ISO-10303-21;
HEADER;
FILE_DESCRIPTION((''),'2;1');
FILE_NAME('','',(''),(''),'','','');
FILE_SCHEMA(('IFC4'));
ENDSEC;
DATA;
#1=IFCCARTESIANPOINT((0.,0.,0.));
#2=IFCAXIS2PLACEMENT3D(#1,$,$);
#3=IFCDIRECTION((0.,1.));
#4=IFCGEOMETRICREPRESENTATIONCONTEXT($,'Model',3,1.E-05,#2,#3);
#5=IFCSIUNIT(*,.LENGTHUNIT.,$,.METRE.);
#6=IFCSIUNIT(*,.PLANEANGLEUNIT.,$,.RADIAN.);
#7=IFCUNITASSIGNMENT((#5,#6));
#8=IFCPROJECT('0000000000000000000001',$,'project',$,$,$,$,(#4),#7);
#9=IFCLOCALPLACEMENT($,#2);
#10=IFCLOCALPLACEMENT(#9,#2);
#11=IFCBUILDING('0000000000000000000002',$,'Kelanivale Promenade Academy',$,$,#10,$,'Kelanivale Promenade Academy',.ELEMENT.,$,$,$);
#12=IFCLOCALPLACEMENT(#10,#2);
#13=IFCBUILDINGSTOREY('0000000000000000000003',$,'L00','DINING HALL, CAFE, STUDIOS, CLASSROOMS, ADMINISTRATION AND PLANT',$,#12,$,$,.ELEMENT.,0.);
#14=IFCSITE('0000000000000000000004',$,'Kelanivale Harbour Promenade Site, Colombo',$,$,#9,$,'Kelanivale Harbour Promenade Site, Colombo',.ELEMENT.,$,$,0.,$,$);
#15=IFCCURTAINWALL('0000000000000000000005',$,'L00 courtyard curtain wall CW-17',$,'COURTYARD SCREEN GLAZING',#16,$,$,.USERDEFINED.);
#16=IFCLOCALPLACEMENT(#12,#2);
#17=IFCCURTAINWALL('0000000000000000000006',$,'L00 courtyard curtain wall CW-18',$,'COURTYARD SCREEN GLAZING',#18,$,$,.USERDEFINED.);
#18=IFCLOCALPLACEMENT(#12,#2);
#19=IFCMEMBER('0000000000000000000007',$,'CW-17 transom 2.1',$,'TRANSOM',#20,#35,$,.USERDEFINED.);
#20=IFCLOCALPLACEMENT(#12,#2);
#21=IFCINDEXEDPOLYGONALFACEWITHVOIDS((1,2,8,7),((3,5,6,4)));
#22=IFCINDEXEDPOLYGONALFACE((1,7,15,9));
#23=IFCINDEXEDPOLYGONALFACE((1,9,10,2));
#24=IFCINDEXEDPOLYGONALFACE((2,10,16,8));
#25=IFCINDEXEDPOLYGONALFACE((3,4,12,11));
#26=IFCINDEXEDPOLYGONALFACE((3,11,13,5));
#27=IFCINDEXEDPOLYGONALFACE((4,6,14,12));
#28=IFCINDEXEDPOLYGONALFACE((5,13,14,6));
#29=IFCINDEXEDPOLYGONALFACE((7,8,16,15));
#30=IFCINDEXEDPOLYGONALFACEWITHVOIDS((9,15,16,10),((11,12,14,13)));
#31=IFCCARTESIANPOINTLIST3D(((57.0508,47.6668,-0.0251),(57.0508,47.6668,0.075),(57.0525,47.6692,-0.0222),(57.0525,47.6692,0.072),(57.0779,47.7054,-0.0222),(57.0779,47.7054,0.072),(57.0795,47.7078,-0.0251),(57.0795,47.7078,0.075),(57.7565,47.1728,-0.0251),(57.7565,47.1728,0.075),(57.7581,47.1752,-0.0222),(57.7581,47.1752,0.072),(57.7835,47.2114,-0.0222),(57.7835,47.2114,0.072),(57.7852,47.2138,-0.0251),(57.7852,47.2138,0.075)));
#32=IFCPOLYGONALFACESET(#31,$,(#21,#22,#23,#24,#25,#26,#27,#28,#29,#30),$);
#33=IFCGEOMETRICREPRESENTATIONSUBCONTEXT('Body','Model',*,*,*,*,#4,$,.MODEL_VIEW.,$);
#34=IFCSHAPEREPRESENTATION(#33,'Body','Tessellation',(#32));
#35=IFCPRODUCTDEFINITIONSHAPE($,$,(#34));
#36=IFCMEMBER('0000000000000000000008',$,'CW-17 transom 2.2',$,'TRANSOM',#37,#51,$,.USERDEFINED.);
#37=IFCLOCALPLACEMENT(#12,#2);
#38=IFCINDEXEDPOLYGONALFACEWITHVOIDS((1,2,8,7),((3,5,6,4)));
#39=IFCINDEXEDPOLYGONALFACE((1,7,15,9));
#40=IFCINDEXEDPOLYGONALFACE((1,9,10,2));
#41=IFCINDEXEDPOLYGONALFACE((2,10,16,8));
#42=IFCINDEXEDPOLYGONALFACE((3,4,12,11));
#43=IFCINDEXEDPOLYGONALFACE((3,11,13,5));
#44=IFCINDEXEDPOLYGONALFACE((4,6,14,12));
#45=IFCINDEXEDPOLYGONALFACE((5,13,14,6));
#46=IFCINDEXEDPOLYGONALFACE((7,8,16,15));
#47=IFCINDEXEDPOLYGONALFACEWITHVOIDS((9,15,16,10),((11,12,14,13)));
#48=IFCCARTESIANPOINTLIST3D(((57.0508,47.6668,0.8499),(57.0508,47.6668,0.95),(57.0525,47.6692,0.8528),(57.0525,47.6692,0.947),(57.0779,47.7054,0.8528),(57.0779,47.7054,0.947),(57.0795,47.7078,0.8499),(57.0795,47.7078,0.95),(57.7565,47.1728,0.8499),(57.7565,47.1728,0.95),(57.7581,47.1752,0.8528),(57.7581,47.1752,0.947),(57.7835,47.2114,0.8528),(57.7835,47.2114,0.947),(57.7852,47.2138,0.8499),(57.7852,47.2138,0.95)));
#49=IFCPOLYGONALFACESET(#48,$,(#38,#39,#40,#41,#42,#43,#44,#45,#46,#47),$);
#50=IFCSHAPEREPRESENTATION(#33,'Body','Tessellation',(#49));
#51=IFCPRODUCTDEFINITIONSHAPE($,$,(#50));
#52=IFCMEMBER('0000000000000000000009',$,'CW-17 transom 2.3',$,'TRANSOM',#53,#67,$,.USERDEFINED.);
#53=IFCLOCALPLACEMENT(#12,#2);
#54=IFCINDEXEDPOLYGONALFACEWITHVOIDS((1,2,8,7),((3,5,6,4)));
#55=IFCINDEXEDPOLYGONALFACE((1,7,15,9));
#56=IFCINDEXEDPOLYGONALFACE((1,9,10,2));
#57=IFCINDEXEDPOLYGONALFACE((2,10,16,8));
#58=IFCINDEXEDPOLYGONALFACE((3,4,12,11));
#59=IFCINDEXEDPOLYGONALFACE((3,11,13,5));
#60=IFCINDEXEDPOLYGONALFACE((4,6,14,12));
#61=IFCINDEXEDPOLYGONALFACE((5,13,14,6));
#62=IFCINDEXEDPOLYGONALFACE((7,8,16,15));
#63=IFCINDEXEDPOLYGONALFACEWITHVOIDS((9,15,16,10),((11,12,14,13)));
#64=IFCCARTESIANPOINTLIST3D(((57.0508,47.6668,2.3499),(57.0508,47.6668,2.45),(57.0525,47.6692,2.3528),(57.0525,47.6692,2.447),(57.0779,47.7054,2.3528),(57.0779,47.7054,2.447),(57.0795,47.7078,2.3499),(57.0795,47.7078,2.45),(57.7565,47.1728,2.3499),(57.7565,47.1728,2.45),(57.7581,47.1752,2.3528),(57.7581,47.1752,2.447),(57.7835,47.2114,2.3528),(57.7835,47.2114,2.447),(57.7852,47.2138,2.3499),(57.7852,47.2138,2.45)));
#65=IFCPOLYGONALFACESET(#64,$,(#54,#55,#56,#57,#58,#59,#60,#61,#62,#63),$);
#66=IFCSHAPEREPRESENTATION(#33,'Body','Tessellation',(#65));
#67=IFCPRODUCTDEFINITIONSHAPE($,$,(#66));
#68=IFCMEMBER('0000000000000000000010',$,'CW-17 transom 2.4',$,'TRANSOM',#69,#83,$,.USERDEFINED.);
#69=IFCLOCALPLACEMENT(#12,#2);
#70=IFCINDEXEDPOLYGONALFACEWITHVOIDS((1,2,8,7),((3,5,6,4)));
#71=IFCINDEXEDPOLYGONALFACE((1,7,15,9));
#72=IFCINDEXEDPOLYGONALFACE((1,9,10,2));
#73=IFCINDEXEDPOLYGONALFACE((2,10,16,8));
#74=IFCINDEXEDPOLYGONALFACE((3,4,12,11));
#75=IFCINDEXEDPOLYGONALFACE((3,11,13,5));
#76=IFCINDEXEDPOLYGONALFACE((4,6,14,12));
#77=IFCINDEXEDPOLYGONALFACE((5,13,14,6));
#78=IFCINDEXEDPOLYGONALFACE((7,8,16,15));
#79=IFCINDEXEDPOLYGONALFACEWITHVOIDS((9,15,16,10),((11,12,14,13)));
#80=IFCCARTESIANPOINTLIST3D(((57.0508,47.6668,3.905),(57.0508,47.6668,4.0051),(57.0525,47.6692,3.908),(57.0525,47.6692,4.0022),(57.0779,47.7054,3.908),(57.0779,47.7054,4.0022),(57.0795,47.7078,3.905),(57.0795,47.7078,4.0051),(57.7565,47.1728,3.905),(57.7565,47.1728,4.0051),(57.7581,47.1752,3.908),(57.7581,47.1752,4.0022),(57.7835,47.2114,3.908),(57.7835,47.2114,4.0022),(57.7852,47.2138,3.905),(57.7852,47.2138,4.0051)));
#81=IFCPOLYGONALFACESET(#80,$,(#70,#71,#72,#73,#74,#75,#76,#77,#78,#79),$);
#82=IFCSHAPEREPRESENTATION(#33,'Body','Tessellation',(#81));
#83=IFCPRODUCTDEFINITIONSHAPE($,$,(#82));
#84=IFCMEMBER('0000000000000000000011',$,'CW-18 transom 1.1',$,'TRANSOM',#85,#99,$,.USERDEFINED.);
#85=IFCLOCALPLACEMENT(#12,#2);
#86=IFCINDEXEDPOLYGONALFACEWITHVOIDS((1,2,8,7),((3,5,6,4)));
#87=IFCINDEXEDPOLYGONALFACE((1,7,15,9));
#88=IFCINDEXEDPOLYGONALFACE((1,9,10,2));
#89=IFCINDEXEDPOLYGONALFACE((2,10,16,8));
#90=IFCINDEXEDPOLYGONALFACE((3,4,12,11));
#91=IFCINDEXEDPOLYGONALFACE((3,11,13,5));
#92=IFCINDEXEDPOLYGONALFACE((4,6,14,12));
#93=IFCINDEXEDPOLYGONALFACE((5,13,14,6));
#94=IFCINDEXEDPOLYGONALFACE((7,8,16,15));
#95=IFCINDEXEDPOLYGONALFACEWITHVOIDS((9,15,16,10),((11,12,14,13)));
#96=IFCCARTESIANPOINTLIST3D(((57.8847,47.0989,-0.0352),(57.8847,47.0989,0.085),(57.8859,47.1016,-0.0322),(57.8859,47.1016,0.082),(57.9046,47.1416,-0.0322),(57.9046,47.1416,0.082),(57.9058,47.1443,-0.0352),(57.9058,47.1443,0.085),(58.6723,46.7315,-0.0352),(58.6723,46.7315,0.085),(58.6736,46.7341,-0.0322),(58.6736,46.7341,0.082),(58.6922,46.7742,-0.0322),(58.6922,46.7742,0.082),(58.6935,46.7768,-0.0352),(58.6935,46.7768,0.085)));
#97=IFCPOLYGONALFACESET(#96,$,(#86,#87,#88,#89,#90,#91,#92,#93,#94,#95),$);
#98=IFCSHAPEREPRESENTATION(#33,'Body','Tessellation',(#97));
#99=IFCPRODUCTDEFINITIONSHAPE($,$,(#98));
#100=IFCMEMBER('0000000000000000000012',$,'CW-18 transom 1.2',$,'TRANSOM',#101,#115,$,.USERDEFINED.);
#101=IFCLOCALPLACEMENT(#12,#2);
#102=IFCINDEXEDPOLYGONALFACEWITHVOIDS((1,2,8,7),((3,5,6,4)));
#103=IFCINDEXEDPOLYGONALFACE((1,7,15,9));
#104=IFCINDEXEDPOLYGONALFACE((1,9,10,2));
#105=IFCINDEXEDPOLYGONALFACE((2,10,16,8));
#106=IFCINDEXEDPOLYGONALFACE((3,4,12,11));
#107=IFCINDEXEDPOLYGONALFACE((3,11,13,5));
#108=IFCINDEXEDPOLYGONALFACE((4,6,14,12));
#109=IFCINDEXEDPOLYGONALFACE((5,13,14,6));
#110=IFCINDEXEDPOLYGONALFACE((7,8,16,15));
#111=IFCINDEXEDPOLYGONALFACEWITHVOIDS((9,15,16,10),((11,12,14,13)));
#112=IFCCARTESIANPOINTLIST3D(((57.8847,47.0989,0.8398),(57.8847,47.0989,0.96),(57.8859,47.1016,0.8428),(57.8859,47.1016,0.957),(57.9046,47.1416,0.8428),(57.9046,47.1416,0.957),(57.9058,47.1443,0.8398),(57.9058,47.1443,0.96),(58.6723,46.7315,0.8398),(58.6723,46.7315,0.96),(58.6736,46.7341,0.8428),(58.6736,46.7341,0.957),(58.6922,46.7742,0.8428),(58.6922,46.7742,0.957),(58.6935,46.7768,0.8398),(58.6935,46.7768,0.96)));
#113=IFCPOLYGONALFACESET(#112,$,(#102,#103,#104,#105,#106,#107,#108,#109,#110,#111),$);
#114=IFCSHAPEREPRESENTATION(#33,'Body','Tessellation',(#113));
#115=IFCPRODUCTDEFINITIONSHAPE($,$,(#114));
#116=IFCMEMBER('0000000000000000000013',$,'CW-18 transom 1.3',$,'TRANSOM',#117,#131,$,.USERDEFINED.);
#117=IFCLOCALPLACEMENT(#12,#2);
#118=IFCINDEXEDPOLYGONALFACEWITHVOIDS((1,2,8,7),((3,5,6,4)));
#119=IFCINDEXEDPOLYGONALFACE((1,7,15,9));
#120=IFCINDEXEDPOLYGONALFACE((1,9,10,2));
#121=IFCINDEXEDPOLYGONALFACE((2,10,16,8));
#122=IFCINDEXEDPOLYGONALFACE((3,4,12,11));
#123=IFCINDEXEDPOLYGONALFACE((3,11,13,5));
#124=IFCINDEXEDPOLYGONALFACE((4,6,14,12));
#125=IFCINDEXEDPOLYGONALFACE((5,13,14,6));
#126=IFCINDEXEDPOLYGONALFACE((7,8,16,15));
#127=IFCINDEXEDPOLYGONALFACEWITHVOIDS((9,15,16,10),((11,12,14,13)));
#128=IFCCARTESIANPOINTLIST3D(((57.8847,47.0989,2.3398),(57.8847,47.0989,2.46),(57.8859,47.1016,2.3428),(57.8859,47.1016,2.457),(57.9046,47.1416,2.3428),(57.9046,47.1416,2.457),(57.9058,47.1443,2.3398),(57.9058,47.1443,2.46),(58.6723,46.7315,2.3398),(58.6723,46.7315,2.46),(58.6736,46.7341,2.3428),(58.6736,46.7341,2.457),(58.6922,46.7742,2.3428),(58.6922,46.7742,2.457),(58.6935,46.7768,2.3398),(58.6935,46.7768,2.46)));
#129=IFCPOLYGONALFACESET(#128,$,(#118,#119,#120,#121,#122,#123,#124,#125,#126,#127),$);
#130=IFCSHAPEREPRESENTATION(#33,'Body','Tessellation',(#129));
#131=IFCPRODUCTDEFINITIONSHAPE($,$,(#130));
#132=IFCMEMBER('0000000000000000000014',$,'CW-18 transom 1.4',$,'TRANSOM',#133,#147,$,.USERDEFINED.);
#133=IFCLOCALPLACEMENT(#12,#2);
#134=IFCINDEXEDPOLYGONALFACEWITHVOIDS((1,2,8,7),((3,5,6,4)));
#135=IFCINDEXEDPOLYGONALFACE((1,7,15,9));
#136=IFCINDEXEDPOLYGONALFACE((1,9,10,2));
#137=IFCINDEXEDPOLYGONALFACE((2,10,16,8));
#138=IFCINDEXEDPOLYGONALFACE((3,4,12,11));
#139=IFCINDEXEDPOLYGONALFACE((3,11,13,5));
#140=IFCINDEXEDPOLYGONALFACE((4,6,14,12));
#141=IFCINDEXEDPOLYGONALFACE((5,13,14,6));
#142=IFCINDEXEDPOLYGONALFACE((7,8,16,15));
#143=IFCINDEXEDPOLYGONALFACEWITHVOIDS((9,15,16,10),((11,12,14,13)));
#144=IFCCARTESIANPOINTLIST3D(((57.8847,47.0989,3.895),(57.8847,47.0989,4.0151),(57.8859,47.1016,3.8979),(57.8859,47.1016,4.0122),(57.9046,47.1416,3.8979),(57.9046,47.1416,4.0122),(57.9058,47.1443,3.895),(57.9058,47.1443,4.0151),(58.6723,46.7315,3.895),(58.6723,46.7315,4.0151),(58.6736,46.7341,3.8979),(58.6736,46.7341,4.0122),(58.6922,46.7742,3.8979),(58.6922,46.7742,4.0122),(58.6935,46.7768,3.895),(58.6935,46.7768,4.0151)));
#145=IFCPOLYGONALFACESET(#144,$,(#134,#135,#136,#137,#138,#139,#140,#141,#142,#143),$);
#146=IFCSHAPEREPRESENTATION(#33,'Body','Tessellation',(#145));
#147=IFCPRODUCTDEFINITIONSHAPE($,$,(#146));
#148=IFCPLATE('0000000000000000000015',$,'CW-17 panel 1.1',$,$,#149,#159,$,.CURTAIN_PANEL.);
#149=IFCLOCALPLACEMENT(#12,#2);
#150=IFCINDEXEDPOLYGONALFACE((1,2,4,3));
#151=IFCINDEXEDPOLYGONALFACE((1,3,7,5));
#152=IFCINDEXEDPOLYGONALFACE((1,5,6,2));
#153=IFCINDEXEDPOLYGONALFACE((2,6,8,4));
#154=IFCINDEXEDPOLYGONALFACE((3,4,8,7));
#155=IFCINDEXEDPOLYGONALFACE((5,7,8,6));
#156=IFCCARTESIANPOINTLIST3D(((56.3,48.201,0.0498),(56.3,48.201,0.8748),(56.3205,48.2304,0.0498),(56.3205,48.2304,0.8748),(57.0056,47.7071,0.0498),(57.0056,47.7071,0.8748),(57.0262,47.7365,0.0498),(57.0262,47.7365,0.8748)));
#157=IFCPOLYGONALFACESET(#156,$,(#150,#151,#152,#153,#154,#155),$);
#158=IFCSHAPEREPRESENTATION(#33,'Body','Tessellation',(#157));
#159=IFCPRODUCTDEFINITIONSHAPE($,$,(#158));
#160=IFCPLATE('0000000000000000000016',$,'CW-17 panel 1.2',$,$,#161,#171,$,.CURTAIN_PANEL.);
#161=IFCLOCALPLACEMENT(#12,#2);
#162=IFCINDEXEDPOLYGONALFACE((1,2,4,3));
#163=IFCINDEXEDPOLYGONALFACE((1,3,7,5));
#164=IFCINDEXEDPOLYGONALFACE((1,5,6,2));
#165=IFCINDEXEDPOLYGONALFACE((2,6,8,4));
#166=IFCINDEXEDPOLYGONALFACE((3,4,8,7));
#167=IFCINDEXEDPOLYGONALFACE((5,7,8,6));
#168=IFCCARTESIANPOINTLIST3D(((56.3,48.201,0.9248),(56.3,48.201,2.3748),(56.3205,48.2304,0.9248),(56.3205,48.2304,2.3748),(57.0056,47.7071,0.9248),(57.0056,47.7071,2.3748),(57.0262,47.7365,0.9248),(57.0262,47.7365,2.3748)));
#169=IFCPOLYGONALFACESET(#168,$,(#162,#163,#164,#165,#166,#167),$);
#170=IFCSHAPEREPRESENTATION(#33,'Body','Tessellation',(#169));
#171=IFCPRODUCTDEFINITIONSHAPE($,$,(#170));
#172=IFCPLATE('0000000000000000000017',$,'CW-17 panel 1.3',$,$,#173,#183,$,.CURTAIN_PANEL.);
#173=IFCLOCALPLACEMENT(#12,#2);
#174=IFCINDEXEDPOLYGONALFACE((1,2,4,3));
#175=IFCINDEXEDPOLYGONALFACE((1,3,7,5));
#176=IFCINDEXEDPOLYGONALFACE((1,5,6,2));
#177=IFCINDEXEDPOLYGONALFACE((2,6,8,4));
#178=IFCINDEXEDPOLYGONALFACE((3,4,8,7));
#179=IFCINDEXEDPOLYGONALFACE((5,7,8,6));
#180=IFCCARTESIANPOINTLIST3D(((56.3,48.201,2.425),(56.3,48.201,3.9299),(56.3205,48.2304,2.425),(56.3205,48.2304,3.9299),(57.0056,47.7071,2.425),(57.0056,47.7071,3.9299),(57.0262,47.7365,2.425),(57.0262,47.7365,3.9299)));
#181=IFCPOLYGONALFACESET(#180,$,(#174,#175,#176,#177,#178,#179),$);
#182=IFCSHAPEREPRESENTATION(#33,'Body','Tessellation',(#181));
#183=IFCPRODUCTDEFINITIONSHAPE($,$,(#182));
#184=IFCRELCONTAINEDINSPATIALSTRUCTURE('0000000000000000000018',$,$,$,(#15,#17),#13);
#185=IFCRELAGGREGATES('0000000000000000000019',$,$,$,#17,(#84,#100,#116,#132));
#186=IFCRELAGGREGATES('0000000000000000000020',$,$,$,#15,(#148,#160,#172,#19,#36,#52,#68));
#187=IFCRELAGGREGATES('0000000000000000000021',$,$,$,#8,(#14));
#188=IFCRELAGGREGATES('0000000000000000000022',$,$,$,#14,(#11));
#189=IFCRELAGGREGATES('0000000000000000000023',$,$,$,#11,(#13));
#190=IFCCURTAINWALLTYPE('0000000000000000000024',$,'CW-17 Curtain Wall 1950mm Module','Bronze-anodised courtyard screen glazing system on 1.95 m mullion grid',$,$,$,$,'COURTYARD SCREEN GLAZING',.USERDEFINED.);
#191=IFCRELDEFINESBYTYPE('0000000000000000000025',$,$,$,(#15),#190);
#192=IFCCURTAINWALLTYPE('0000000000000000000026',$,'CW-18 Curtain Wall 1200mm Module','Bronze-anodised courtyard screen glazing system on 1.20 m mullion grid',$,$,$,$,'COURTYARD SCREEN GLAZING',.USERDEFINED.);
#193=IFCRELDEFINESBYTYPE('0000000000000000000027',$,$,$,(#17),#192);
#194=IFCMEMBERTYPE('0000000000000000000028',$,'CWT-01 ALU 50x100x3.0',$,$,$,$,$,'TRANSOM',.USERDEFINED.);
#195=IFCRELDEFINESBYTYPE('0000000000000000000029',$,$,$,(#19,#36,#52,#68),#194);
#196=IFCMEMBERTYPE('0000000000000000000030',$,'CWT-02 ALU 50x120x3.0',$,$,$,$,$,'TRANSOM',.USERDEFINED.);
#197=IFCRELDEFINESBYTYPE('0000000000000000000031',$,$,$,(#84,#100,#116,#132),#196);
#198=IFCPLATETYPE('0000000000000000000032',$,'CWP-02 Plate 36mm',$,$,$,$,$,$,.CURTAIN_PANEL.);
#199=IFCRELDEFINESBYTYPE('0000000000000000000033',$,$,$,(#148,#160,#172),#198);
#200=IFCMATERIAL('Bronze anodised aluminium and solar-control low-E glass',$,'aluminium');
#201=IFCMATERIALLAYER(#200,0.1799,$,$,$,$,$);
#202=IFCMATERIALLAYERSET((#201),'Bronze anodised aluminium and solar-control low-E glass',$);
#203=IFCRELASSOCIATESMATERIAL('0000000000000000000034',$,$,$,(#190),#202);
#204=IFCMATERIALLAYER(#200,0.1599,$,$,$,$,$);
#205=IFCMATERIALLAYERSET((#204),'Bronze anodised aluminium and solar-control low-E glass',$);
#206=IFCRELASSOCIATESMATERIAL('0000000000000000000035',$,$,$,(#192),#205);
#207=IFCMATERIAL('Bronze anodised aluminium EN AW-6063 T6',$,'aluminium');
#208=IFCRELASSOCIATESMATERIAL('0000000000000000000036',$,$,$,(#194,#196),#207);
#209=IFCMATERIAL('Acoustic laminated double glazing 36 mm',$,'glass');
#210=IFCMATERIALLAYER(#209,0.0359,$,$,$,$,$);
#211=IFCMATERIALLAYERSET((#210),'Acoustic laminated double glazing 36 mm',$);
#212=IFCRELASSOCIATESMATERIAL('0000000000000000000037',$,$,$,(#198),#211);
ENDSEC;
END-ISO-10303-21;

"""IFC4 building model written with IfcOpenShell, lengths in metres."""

from ifc_helpers import new_model, si_unit, direction, frame, origin, origin_2d, place, context, subcontext, project, spatial, rectangle, hollow_rectangle, extrude, material, layer, layer_set, material_profile, profile_set, type_object, element, aggregate, save


model = new_model("IFC4")

# Units and contexts
model_context = context("Model", 3, precision=1e-05, world=origin(), true_north=direction((0.0, 1.0)))
body_context = subcontext(model_context, "Body", "Model", "MODEL_VIEW")
ifc_project = project(units=[si_unit("LENGTHUNIT", "METRE"), si_unit("PLANEANGLEUNIT", "RADIAN")], contexts=[model_context])

# Site, building, storey
site_placement = place(None, origin())
site = spatial("IfcSite", under=ifc_project, at=site_placement, Name="Kelanivale Harbour Promenade Site, Colombo", LongName="Kelanivale Harbour Promenade Site, Colombo", CompositionType="ELEMENT", RefElevation=0.0)
building_placement = place(site_placement, origin())
building = spatial("IfcBuilding", under=site, at=building_placement, Name="Kelanivale Promenade Academy", LongName="Kelanivale Promenade Academy", CompositionType="ELEMENT")
storey_placement = place(building_placement, origin())
storey = spatial("IfcBuildingStorey", under=building, at=storey_placement, Name="L00", Description="DINING HALL, CAFE, STUDIOS, CLASSROOMS, ADMINISTRATION AND PLANT", CompositionType="ELEMENT", Elevation=0.0)

# Curtain wall
ifc_material_1 = material(Name="Bronze anodised aluminium and solar-control low-E glass", Category="aluminium")
ifc_layer_1 = layer(ifc_material_1, 0.1799)
ifc_layer_set_1 = layer_set([ifc_layer_1], Name="Bronze anodised aluminium and solar-control low-E glass")
curtain_wall_type_1 = type_object("IfcCurtainWallType", Name="CW-17 Curtain Wall 1950mm Module", Description="Bronze-anodised courtyard screen glazing system on 1.95 m mullion grid", ElementType="COURTYARD SCREEN GLAZING", PredefinedType="USERDEFINED", material=ifc_layer_set_1)
curtain_wall_1_placement = place(storey_placement, origin())
curtain_wall_1 = element("IfcCurtainWall", 1, at=curtain_wall_1_placement, inside=storey, type_object=curtain_wall_type_1, Name="L00 courtyard curtain wall CW-17", ObjectType="COURTYARD SCREEN GLAZING", PredefinedType="USERDEFINED")
ifc_material_2 = material(Name="Bronze anodised aluminium EN AW-6063 T6", Category="aluminium")

# Curtain wall
ifc_layer_2 = layer(ifc_material_1, 0.1599)
ifc_layer_set_2 = layer_set([ifc_layer_2], Name="Bronze anodised aluminium and solar-control low-E glass")
curtain_wall_type_2 = type_object("IfcCurtainWallType", Name="CW-18 Curtain Wall 1200mm Module", Description="Bronze-anodised courtyard screen glazing system on 1.20 m mullion grid", ElementType="COURTYARD SCREEN GLAZING", PredefinedType="USERDEFINED", material=ifc_layer_set_2)
curtain_wall_2_placement = place(storey_placement, origin())
curtain_wall_2 = element("IfcCurtainWall", 2, at=curtain_wall_2_placement, inside=storey, type_object=curtain_wall_type_2, Name="L00 courtyard curtain wall CW-18", ObjectType="COURTYARD SCREEN GLAZING", PredefinedType="USERDEFINED")

# Members
ifc_material_profile_1 = material_profile(ifc_material_2, hollow_rectangle(XDim=0.05, YDim=0.1001, WallThickness=0.0029, at=origin_2d()), Name="ALU 50x100x3.0")
ifc_profile_set_1 = profile_set([ifc_material_profile_1], Name="Bronze anodised aluminium EN AW-6063 T6")
member_type_1 = type_object("IfcMemberType", Name="CWT-01 ALU 50x100x3.0", ElementType="TRANSOM", PredefinedType="USERDEFINED", material=ifc_profile_set_1)
member_1_placement = place(storey_placement, frame((57.0652, 47.6873, 0.0249), z_axis=(0.819232, -0.573462, 0.0), x_axis=(0.573462, 0.819232, 0.0)))
member_1 = element("IfcMember", 3, at=member_1_placement, type_object=member_type_1, Name="CW-17 transom 2.1", ObjectType="TRANSOM", PredefinedType="USERDEFINED", context=body_context, shape_type="SweptSolid", body=[
    extrude(hollow_rectangle(XDim=0.05, YDim=0.1001, WallThickness=0.0029, at=origin_2d()), origin(), (0.0, 0.0, 1.0), 0.8613),
])
member_2_placement = place(storey_placement, frame((57.0652, 47.6873, 0.8999), z_axis=(0.819232, -0.573462, 0.0), x_axis=(0.573462, 0.819232, 0.0)))
member_2 = element("IfcMember", 4, at=member_2_placement, type_object=member_type_1, Name="CW-17 transom 2.2", ObjectType="TRANSOM", PredefinedType="USERDEFINED", context=body_context, shape_type="SweptSolid", body=[
    extrude(hollow_rectangle(XDim=0.05, YDim=0.1001, WallThickness=0.0029, at=origin_2d()), origin(), (0.0, 0.0, 1.0), 0.8613),
])
member_3_placement = place(storey_placement, frame((57.0652, 47.6873, 2.3999), z_axis=(0.819232, -0.573462, 0.0), x_axis=(0.573462, 0.819232, 0.0)))
member_3 = element("IfcMember", 5, at=member_3_placement, type_object=member_type_1, Name="CW-17 transom 2.3", ObjectType="TRANSOM", PredefinedType="USERDEFINED", context=body_context, shape_type="SweptSolid", body=[
    extrude(hollow_rectangle(XDim=0.05, YDim=0.1001, WallThickness=0.0029, at=origin_2d()), origin(), (0.0, 0.0, 1.0), 0.8613),
])
member_4_placement = place(storey_placement, frame((57.0652, 47.6873, 3.9551), z_axis=(0.819232, -0.573462, 0.0), x_axis=(0.573462, 0.819232, 0.0)))
member_4 = element("IfcMember", 6, at=member_4_placement, type_object=member_type_1, Name="CW-17 transom 2.4", ObjectType="TRANSOM", PredefinedType="USERDEFINED", context=body_context, shape_type="SweptSolid", body=[
    extrude(hollow_rectangle(XDim=0.05, YDim=0.1001, WallThickness=0.0029, at=origin_2d()), origin(), (0.0, 0.0, 1.0), 0.8613),
])
ifc_material_profile_2 = material_profile(ifc_material_2, hollow_rectangle(XDim=0.05, YDim=0.1201, WallThickness=0.0029, at=origin_2d()), Name="ALU 50x120x3.0")
ifc_profile_set_2 = profile_set([ifc_material_profile_2], Name="Bronze anodised aluminium EN AW-6063 T6")
member_type_2 = type_object("IfcMemberType", Name="CWT-02 ALU 50x120x3.0", ElementType="TRANSOM", PredefinedType="USERDEFINED", material=ifc_profile_set_2)
member_5_placement = place(storey_placement, frame((57.8953, 47.1216, 0.0249), z_axis=(0.906233, -0.422778, 0.0), x_axis=(0.422778, 0.906233, 0.0)))
member_5 = element("IfcMember", 7, at=member_5_placement, type_object=member_type_2, Name="CW-18 transom 1.1", ObjectType="TRANSOM", PredefinedType="USERDEFINED", context=body_context, shape_type="SweptSolid", body=[
    extrude(hollow_rectangle(XDim=0.05, YDim=0.1201, WallThickness=0.0029, at=origin_2d()), origin(), (0.0, 0.0, 1.0), 0.8691),
])
member_6_placement = place(storey_placement, frame((57.8953, 47.1216, 0.8999), z_axis=(0.906233, -0.422778, 0.0), x_axis=(0.422778, 0.906233, 0.0)))
member_6 = element("IfcMember", 8, at=member_6_placement, type_object=member_type_2, Name="CW-18 transom 1.2", ObjectType="TRANSOM", PredefinedType="USERDEFINED", context=body_context, shape_type="SweptSolid", body=[
    extrude(hollow_rectangle(XDim=0.05, YDim=0.1201, WallThickness=0.0029, at=origin_2d()), origin(), (0.0, 0.0, 1.0), 0.8691),
])
member_7_placement = place(storey_placement, frame((57.8953, 47.1216, 2.3999), z_axis=(0.906233, -0.422778, 0.0), x_axis=(0.422778, 0.906233, 0.0)))
member_7 = element("IfcMember", 9, at=member_7_placement, type_object=member_type_2, Name="CW-18 transom 1.3", ObjectType="TRANSOM", PredefinedType="USERDEFINED", context=body_context, shape_type="SweptSolid", body=[
    extrude(hollow_rectangle(XDim=0.05, YDim=0.1201, WallThickness=0.0029, at=origin_2d()), origin(), (0.0, 0.0, 1.0), 0.8691),
])
member_8_placement = place(storey_placement, frame((57.8953, 47.1216, 3.9551), z_axis=(0.906233, -0.422778, 0.0), x_axis=(0.422778, 0.906233, 0.0)))
member_8 = element("IfcMember", 10, at=member_8_placement, type_object=member_type_2, Name="CW-18 transom 1.4", ObjectType="TRANSOM", PredefinedType="USERDEFINED", context=body_context, shape_type="SweptSolid", body=[
    extrude(hollow_rectangle(XDim=0.05, YDim=0.1201, WallThickness=0.0029, at=origin_2d()), origin(), (0.0, 0.0, 1.0), 0.8691),
])
aggregate(curtain_wall_2, [member_5, member_6, member_7, member_8])

# Plates
ifc_material_3 = material(Name="Acoustic laminated double glazing 36 mm", Category="glass")
ifc_layer_3 = layer(ifc_material_3, 0.0359)
ifc_layer_set_3 = layer_set([ifc_layer_3], Name="Acoustic laminated double glazing 36 mm")
plate_type = type_object("IfcPlateType", Name="CWP-02 Plate 36mm", PredefinedType="CURTAIN_PANEL", material=ifc_layer_set_3)
plate_1_placement = place(storey_placement, frame((56.6631, 47.9688, 0.0498), z_axis=(0.0, 0.0, 1.0), x_axis=(0.819306, -0.573357, 0.0)))
plate_1 = element("IfcPlate", 11, at=plate_1_placement, type_object=plate_type, Name="CW-17 panel 1.1", PredefinedType="CURTAIN_PANEL", context=body_context, shape_type="SweptSolid", body=[
    extrude(rectangle(XDim=0.8613, YDim=0.0359, at=origin_2d()), origin(), (0.0, 0.0, 1.0), 0.825),
])
plate_2_placement = place(storey_placement, frame((56.6631, 47.9688, 0.9248), z_axis=(0.0, 0.0, 1.0), x_axis=(0.819306, -0.573357, 0.0)))
plate_2 = element("IfcPlate", 12, at=plate_2_placement, type_object=plate_type, Name="CW-17 panel 1.2", PredefinedType="CURTAIN_PANEL", context=body_context, shape_type="SweptSolid", body=[
    extrude(rectangle(XDim=0.8613, YDim=0.0359, at=origin_2d()), origin(), (0.0, 0.0, 1.0), 1.45),
])
plate_3_placement = place(storey_placement, frame((56.6631, 47.9688, 2.425), z_axis=(0.0, 0.0, 1.0), x_axis=(0.819306, -0.573357, 0.0)))
plate_3 = element("IfcPlate", 13, at=plate_3_placement, type_object=plate_type, Name="CW-17 panel 1.3", PredefinedType="CURTAIN_PANEL", context=body_context, shape_type="SweptSolid", body=[
    extrude(rectangle(XDim=0.8613, YDim=0.0359, at=origin_2d()), origin(), (0.0, 0.0, 1.0), 1.5049),
])
aggregate(curtain_wall_1, [plate_1, plate_2, plate_3, member_1, member_2, member_3, member_4])

save(model, "model.ifc")
